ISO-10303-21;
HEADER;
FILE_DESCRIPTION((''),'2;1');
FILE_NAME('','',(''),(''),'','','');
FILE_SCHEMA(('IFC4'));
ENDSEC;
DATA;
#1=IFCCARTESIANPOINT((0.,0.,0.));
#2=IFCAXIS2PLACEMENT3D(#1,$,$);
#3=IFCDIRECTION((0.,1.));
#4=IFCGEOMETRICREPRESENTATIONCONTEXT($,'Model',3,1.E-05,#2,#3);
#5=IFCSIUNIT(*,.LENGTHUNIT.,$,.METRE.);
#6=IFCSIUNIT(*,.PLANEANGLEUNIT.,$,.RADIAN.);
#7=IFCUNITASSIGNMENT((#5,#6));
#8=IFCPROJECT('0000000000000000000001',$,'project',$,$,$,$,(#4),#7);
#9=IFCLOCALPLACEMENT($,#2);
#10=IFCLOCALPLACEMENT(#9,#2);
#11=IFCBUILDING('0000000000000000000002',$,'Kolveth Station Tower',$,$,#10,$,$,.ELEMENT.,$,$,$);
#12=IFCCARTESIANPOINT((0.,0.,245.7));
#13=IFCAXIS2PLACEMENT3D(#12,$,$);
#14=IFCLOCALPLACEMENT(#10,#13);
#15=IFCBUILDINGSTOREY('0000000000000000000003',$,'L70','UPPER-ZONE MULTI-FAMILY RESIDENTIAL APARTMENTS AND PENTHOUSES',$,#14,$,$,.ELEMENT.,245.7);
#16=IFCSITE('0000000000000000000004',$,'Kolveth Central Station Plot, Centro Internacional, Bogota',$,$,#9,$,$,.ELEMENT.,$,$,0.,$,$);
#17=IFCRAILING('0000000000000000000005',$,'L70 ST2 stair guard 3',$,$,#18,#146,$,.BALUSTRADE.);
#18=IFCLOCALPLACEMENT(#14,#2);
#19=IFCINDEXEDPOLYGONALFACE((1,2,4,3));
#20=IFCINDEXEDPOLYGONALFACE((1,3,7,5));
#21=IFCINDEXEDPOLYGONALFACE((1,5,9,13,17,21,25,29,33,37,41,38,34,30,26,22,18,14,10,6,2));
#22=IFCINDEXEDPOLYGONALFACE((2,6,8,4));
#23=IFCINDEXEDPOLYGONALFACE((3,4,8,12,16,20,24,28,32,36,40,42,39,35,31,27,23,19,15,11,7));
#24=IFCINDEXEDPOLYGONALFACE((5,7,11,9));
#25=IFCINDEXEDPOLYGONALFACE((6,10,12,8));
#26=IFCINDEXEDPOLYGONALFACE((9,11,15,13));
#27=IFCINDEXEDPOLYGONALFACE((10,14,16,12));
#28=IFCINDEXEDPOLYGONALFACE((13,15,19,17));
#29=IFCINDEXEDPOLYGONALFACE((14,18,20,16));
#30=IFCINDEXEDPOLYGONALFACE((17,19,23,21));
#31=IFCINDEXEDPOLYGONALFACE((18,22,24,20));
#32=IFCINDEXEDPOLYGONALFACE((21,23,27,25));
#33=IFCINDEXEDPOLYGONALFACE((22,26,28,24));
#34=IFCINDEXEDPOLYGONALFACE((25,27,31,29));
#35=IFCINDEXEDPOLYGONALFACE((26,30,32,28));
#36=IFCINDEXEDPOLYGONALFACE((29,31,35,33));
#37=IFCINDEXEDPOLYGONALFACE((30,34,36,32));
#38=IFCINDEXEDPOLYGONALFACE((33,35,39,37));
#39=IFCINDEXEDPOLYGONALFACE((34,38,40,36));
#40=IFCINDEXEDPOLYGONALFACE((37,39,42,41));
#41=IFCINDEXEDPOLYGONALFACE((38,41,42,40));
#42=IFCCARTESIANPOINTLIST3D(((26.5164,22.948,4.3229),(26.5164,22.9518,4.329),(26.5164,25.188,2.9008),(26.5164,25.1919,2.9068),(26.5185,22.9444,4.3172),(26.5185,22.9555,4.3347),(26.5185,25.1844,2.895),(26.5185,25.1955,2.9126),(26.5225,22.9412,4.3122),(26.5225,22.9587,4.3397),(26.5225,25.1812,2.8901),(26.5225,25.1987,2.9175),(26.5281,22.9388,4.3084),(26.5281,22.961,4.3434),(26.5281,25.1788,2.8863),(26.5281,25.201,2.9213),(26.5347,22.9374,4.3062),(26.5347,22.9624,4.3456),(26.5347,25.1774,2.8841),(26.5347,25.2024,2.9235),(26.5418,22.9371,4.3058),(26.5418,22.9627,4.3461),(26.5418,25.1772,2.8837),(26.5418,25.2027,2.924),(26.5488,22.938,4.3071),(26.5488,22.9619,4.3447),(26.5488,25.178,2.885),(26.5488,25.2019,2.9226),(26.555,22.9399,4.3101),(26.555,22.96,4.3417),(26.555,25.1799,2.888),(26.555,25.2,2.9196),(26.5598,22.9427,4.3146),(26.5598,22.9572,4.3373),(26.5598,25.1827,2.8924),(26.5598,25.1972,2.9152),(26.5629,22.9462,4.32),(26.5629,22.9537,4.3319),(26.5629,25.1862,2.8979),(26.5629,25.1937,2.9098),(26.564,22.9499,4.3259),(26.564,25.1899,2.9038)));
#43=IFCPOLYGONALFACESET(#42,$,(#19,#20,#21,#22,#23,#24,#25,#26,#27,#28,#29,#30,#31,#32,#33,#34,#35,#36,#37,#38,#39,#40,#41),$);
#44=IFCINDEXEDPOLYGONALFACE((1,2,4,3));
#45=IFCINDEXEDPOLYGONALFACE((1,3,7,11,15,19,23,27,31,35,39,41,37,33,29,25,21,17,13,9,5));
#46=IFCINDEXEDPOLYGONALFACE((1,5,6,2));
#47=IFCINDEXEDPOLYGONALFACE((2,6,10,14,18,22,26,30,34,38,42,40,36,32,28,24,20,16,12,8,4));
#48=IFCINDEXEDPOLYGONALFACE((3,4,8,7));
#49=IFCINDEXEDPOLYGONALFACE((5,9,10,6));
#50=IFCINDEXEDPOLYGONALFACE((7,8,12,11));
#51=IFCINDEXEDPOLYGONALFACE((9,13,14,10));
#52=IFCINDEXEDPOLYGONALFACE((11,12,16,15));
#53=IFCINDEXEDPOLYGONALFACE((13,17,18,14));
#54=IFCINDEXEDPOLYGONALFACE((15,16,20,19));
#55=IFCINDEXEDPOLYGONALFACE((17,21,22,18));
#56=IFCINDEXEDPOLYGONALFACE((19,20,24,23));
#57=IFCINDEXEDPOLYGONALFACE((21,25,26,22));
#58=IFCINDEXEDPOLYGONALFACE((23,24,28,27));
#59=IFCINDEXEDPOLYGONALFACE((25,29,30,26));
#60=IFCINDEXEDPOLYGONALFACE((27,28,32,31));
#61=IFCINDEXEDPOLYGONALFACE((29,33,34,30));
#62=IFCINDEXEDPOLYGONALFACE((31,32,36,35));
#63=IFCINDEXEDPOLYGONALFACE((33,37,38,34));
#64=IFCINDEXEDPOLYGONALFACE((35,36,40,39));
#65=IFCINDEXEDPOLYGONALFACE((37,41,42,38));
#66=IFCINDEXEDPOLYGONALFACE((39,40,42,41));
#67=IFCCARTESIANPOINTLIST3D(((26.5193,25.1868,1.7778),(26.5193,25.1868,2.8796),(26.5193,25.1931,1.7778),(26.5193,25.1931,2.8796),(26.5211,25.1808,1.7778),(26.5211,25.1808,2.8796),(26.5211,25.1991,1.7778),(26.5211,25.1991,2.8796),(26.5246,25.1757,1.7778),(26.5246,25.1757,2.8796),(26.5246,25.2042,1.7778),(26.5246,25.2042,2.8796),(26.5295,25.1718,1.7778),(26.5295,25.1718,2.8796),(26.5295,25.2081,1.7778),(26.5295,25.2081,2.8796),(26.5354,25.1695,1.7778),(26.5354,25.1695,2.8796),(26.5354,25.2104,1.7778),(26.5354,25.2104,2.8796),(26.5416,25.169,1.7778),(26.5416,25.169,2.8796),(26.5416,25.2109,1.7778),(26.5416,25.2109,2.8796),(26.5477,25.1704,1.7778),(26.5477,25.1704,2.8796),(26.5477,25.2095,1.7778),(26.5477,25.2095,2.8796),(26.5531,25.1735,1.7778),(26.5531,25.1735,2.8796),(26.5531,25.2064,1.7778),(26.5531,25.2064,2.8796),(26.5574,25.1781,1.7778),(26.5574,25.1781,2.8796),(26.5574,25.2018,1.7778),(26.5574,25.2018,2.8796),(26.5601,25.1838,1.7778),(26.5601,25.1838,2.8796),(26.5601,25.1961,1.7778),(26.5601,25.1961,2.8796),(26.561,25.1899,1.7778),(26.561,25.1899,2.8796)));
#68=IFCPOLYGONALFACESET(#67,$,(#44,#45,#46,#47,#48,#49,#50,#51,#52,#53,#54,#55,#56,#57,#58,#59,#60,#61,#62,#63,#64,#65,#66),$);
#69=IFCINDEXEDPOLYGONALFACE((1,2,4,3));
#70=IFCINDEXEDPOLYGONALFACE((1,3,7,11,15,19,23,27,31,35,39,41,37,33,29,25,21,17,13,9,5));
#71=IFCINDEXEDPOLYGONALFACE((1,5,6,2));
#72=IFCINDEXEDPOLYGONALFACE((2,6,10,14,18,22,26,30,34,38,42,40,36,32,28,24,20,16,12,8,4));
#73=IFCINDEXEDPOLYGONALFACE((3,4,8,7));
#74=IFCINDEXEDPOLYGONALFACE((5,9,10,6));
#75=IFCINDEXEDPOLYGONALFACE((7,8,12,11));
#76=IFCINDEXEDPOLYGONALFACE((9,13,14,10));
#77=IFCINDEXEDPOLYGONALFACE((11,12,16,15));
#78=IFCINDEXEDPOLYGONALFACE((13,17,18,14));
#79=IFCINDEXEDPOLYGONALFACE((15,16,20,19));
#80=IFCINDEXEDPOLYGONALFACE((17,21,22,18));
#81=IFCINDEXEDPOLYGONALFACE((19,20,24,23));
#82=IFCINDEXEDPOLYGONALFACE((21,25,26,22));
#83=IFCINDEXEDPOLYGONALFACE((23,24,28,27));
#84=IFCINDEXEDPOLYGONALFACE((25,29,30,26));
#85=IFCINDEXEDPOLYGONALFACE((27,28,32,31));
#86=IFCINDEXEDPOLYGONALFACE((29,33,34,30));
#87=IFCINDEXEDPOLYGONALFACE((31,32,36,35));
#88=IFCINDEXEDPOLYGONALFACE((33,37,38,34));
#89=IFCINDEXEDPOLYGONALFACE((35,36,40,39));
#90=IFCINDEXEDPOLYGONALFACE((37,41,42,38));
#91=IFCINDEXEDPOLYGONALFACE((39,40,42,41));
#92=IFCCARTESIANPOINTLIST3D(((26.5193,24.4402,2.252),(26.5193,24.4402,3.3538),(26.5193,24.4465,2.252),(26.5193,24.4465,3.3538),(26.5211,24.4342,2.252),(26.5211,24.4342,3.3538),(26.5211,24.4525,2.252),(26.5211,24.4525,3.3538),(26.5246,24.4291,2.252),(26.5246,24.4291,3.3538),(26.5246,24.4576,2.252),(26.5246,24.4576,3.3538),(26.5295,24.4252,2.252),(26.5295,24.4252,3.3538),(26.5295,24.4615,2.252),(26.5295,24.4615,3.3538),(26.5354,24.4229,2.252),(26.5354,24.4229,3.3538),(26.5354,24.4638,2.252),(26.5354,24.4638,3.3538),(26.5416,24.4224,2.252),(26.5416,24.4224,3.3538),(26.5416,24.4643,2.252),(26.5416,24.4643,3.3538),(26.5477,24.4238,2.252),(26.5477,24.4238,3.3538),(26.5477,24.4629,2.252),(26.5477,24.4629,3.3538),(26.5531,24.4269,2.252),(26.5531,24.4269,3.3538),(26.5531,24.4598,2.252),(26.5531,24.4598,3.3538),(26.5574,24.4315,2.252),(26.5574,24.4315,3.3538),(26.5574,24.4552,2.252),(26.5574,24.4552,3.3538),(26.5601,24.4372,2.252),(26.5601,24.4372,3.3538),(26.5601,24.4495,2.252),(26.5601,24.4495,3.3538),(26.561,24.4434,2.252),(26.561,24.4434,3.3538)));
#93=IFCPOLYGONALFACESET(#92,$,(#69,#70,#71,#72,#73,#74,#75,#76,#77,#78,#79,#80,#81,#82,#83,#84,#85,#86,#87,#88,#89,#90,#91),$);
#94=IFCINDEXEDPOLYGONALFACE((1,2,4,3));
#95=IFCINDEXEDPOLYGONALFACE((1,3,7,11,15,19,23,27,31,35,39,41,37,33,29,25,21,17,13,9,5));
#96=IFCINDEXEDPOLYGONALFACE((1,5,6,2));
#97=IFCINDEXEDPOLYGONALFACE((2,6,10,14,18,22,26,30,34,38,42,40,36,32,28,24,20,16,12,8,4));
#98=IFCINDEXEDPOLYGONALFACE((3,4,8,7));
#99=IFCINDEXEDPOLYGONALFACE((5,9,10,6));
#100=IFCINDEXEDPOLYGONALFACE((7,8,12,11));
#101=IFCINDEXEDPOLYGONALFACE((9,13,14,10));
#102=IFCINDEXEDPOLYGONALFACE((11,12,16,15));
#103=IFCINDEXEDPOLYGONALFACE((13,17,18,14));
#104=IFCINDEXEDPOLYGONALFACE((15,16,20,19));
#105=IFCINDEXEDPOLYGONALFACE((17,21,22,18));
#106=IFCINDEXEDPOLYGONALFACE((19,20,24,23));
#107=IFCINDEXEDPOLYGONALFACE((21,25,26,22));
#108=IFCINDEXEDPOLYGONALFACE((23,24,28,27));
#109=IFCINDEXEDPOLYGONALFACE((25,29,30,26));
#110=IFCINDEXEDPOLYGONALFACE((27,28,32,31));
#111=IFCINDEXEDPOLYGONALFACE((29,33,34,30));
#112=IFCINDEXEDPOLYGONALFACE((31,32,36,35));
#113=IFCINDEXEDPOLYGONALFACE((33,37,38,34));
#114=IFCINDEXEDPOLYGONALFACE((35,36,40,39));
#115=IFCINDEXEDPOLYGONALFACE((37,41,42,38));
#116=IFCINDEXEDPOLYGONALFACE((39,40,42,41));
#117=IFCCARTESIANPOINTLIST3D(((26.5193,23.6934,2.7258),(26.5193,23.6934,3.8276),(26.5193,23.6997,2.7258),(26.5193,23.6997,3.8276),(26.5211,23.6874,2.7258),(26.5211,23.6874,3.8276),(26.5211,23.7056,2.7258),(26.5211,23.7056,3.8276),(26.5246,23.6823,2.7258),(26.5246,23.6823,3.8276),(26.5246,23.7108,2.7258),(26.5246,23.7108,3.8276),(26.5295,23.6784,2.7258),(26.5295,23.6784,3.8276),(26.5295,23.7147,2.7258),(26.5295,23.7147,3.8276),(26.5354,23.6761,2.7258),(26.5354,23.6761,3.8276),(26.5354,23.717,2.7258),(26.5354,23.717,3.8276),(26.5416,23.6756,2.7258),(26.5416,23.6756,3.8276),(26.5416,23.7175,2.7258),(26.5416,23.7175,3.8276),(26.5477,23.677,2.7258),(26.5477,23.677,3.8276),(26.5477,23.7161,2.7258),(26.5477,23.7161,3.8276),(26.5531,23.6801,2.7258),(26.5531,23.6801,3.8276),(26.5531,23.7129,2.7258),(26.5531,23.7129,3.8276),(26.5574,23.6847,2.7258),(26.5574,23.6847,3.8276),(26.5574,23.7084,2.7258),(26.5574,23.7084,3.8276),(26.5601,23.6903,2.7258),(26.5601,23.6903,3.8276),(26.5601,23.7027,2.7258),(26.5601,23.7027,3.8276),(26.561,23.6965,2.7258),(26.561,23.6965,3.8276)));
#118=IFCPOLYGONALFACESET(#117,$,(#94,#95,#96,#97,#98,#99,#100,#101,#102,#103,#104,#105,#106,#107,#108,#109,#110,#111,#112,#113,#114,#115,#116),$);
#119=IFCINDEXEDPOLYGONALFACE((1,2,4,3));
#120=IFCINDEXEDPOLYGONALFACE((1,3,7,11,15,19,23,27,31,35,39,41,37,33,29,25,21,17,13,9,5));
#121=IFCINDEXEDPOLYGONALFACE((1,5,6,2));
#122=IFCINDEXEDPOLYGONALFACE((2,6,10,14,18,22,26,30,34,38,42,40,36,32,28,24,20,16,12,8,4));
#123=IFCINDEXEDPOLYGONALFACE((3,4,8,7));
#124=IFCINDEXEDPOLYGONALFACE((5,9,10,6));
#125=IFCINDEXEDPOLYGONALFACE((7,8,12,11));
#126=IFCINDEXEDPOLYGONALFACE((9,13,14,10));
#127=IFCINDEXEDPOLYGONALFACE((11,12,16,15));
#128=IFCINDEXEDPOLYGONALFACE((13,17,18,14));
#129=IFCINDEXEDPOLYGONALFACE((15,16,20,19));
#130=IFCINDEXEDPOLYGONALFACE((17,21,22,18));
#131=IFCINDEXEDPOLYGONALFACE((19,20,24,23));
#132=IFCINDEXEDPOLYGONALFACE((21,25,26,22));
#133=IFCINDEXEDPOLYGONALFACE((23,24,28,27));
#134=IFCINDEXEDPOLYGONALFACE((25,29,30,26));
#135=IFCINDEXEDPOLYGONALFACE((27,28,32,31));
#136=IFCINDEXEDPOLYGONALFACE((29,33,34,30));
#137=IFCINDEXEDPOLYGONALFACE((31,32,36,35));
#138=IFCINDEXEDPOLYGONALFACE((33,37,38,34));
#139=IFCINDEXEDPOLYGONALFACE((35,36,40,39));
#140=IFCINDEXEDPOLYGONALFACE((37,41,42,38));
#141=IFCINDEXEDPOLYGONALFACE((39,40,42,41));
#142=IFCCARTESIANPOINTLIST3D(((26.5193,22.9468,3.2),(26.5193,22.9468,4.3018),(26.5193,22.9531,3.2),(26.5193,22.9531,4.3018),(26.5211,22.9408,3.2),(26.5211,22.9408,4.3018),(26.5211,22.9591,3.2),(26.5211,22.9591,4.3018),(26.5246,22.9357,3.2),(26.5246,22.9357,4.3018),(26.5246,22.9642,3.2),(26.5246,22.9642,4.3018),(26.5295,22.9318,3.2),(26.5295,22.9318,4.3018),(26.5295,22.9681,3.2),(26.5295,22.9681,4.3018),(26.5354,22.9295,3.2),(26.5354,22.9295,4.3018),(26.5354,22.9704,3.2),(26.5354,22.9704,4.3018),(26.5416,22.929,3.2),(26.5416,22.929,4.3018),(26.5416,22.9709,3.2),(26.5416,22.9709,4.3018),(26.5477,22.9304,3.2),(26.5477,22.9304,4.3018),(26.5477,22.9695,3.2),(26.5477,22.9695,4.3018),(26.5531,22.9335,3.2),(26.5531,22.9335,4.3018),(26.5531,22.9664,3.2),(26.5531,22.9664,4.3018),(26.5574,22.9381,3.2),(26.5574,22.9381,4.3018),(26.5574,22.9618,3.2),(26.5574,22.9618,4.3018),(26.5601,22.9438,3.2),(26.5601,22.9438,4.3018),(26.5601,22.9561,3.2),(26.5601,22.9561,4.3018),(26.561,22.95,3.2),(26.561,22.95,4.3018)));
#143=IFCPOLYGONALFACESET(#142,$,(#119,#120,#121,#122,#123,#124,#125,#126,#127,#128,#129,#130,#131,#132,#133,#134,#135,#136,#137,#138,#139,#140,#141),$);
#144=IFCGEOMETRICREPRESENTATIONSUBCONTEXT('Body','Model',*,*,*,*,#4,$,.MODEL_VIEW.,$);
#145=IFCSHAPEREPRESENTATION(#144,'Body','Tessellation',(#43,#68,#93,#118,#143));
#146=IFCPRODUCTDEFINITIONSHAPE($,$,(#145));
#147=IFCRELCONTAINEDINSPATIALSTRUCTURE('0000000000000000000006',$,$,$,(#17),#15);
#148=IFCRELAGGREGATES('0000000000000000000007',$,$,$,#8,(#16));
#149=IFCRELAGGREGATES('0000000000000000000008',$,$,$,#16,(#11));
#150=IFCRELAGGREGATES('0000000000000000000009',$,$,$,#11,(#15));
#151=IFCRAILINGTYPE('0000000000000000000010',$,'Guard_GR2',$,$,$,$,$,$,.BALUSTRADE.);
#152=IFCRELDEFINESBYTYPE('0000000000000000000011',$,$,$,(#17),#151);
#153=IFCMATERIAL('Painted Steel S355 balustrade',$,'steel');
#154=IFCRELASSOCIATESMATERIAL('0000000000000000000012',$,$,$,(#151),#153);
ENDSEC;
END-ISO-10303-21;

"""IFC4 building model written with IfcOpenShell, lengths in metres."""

from ifc_helpers import new_model, si_unit, direction, frame, origin, origin_2d, place, context, subcontext, project, spatial, circle, extrude, material, type_object, element, save


model = new_model("IFC4")

# Units and contexts
model_context = context("Model", 3, precision=1e-05, world=origin(), true_north=direction((0.0, 1.0)))
body_context = subcontext(model_context, "Body", "Model", "MODEL_VIEW")
ifc_project = project(units=[si_unit("LENGTHUNIT", "METRE"), si_unit("PLANEANGLEUNIT", "RADIAN")], contexts=[model_context])

# Site, building, storey
site_placement = place(None, origin())
site = spatial("IfcSite", under=ifc_project, at=site_placement, Name="Kolveth Central Station Plot, Centro Internacional, Bogota", CompositionType="ELEMENT", RefElevation=0.0)
building_placement = place(site_placement, origin())
building = spatial("IfcBuilding", under=site, at=building_placement, Name="Kolveth Station Tower", CompositionType="ELEMENT")
storey_placement = place(building_placement, frame((0.0, 0.0, 245.7)))
storey = spatial("IfcBuildingStorey", under=building, at=storey_placement, Name="L70", Description="UPPER-ZONE MULTI-FAMILY RESIDENTIAL APARTMENTS AND PENTHOUSES", CompositionType="ELEMENT", Elevation=245.7)

# Railing
ifc_material_1 = material(Name="Painted Steel S355 balustrade", Category="steel")
railing_type_1 = type_object("IfcRailingType", Name="Guard_GR2", PredefinedType="BALUSTRADE", material=ifc_material_1)
railing_1_placement = place(storey_placement, frame((26.54, 25.1899, 1.7778)))
element("IfcRailing", 1, at=railing_1_placement, inside=storey, type_object=railing_type_1, Name="L70 ST2 stair guard 3", PredefinedType="BALUSTRADE", context=body_context, shape_type="SweptSolid", body=[
    extrude(circle(Radius=0.0239, at=origin_2d()), frame((0.0, 0.0, 1.126), z_axis=(0.0, -0.844229, 0.535982), x_axis=(1.0, 0.0, 0.0)), (0.0, 0.0, 1.0), 2.6533),
    extrude(circle(Radius=0.021, at=origin_2d()), origin(), (0.0, 0.0, 1.0), 1.1018),
    extrude(circle(Radius=0.021, at=origin_2d()), frame((0.0, -0.7466, 0.4741)), (0.0, 0.0, 1.0), 1.1018),
    extrude(circle(Radius=0.021, at=origin_2d()), frame((0.0, -1.4934, 0.948)), (0.0, 0.0, 1.0), 1.1018),
    extrude(circle(Radius=0.021, at=origin_2d()), frame((0.0, -2.24, 1.4221)), (0.0, 0.0, 1.0), 1.1018),
])

save(model, "model.ifc")
